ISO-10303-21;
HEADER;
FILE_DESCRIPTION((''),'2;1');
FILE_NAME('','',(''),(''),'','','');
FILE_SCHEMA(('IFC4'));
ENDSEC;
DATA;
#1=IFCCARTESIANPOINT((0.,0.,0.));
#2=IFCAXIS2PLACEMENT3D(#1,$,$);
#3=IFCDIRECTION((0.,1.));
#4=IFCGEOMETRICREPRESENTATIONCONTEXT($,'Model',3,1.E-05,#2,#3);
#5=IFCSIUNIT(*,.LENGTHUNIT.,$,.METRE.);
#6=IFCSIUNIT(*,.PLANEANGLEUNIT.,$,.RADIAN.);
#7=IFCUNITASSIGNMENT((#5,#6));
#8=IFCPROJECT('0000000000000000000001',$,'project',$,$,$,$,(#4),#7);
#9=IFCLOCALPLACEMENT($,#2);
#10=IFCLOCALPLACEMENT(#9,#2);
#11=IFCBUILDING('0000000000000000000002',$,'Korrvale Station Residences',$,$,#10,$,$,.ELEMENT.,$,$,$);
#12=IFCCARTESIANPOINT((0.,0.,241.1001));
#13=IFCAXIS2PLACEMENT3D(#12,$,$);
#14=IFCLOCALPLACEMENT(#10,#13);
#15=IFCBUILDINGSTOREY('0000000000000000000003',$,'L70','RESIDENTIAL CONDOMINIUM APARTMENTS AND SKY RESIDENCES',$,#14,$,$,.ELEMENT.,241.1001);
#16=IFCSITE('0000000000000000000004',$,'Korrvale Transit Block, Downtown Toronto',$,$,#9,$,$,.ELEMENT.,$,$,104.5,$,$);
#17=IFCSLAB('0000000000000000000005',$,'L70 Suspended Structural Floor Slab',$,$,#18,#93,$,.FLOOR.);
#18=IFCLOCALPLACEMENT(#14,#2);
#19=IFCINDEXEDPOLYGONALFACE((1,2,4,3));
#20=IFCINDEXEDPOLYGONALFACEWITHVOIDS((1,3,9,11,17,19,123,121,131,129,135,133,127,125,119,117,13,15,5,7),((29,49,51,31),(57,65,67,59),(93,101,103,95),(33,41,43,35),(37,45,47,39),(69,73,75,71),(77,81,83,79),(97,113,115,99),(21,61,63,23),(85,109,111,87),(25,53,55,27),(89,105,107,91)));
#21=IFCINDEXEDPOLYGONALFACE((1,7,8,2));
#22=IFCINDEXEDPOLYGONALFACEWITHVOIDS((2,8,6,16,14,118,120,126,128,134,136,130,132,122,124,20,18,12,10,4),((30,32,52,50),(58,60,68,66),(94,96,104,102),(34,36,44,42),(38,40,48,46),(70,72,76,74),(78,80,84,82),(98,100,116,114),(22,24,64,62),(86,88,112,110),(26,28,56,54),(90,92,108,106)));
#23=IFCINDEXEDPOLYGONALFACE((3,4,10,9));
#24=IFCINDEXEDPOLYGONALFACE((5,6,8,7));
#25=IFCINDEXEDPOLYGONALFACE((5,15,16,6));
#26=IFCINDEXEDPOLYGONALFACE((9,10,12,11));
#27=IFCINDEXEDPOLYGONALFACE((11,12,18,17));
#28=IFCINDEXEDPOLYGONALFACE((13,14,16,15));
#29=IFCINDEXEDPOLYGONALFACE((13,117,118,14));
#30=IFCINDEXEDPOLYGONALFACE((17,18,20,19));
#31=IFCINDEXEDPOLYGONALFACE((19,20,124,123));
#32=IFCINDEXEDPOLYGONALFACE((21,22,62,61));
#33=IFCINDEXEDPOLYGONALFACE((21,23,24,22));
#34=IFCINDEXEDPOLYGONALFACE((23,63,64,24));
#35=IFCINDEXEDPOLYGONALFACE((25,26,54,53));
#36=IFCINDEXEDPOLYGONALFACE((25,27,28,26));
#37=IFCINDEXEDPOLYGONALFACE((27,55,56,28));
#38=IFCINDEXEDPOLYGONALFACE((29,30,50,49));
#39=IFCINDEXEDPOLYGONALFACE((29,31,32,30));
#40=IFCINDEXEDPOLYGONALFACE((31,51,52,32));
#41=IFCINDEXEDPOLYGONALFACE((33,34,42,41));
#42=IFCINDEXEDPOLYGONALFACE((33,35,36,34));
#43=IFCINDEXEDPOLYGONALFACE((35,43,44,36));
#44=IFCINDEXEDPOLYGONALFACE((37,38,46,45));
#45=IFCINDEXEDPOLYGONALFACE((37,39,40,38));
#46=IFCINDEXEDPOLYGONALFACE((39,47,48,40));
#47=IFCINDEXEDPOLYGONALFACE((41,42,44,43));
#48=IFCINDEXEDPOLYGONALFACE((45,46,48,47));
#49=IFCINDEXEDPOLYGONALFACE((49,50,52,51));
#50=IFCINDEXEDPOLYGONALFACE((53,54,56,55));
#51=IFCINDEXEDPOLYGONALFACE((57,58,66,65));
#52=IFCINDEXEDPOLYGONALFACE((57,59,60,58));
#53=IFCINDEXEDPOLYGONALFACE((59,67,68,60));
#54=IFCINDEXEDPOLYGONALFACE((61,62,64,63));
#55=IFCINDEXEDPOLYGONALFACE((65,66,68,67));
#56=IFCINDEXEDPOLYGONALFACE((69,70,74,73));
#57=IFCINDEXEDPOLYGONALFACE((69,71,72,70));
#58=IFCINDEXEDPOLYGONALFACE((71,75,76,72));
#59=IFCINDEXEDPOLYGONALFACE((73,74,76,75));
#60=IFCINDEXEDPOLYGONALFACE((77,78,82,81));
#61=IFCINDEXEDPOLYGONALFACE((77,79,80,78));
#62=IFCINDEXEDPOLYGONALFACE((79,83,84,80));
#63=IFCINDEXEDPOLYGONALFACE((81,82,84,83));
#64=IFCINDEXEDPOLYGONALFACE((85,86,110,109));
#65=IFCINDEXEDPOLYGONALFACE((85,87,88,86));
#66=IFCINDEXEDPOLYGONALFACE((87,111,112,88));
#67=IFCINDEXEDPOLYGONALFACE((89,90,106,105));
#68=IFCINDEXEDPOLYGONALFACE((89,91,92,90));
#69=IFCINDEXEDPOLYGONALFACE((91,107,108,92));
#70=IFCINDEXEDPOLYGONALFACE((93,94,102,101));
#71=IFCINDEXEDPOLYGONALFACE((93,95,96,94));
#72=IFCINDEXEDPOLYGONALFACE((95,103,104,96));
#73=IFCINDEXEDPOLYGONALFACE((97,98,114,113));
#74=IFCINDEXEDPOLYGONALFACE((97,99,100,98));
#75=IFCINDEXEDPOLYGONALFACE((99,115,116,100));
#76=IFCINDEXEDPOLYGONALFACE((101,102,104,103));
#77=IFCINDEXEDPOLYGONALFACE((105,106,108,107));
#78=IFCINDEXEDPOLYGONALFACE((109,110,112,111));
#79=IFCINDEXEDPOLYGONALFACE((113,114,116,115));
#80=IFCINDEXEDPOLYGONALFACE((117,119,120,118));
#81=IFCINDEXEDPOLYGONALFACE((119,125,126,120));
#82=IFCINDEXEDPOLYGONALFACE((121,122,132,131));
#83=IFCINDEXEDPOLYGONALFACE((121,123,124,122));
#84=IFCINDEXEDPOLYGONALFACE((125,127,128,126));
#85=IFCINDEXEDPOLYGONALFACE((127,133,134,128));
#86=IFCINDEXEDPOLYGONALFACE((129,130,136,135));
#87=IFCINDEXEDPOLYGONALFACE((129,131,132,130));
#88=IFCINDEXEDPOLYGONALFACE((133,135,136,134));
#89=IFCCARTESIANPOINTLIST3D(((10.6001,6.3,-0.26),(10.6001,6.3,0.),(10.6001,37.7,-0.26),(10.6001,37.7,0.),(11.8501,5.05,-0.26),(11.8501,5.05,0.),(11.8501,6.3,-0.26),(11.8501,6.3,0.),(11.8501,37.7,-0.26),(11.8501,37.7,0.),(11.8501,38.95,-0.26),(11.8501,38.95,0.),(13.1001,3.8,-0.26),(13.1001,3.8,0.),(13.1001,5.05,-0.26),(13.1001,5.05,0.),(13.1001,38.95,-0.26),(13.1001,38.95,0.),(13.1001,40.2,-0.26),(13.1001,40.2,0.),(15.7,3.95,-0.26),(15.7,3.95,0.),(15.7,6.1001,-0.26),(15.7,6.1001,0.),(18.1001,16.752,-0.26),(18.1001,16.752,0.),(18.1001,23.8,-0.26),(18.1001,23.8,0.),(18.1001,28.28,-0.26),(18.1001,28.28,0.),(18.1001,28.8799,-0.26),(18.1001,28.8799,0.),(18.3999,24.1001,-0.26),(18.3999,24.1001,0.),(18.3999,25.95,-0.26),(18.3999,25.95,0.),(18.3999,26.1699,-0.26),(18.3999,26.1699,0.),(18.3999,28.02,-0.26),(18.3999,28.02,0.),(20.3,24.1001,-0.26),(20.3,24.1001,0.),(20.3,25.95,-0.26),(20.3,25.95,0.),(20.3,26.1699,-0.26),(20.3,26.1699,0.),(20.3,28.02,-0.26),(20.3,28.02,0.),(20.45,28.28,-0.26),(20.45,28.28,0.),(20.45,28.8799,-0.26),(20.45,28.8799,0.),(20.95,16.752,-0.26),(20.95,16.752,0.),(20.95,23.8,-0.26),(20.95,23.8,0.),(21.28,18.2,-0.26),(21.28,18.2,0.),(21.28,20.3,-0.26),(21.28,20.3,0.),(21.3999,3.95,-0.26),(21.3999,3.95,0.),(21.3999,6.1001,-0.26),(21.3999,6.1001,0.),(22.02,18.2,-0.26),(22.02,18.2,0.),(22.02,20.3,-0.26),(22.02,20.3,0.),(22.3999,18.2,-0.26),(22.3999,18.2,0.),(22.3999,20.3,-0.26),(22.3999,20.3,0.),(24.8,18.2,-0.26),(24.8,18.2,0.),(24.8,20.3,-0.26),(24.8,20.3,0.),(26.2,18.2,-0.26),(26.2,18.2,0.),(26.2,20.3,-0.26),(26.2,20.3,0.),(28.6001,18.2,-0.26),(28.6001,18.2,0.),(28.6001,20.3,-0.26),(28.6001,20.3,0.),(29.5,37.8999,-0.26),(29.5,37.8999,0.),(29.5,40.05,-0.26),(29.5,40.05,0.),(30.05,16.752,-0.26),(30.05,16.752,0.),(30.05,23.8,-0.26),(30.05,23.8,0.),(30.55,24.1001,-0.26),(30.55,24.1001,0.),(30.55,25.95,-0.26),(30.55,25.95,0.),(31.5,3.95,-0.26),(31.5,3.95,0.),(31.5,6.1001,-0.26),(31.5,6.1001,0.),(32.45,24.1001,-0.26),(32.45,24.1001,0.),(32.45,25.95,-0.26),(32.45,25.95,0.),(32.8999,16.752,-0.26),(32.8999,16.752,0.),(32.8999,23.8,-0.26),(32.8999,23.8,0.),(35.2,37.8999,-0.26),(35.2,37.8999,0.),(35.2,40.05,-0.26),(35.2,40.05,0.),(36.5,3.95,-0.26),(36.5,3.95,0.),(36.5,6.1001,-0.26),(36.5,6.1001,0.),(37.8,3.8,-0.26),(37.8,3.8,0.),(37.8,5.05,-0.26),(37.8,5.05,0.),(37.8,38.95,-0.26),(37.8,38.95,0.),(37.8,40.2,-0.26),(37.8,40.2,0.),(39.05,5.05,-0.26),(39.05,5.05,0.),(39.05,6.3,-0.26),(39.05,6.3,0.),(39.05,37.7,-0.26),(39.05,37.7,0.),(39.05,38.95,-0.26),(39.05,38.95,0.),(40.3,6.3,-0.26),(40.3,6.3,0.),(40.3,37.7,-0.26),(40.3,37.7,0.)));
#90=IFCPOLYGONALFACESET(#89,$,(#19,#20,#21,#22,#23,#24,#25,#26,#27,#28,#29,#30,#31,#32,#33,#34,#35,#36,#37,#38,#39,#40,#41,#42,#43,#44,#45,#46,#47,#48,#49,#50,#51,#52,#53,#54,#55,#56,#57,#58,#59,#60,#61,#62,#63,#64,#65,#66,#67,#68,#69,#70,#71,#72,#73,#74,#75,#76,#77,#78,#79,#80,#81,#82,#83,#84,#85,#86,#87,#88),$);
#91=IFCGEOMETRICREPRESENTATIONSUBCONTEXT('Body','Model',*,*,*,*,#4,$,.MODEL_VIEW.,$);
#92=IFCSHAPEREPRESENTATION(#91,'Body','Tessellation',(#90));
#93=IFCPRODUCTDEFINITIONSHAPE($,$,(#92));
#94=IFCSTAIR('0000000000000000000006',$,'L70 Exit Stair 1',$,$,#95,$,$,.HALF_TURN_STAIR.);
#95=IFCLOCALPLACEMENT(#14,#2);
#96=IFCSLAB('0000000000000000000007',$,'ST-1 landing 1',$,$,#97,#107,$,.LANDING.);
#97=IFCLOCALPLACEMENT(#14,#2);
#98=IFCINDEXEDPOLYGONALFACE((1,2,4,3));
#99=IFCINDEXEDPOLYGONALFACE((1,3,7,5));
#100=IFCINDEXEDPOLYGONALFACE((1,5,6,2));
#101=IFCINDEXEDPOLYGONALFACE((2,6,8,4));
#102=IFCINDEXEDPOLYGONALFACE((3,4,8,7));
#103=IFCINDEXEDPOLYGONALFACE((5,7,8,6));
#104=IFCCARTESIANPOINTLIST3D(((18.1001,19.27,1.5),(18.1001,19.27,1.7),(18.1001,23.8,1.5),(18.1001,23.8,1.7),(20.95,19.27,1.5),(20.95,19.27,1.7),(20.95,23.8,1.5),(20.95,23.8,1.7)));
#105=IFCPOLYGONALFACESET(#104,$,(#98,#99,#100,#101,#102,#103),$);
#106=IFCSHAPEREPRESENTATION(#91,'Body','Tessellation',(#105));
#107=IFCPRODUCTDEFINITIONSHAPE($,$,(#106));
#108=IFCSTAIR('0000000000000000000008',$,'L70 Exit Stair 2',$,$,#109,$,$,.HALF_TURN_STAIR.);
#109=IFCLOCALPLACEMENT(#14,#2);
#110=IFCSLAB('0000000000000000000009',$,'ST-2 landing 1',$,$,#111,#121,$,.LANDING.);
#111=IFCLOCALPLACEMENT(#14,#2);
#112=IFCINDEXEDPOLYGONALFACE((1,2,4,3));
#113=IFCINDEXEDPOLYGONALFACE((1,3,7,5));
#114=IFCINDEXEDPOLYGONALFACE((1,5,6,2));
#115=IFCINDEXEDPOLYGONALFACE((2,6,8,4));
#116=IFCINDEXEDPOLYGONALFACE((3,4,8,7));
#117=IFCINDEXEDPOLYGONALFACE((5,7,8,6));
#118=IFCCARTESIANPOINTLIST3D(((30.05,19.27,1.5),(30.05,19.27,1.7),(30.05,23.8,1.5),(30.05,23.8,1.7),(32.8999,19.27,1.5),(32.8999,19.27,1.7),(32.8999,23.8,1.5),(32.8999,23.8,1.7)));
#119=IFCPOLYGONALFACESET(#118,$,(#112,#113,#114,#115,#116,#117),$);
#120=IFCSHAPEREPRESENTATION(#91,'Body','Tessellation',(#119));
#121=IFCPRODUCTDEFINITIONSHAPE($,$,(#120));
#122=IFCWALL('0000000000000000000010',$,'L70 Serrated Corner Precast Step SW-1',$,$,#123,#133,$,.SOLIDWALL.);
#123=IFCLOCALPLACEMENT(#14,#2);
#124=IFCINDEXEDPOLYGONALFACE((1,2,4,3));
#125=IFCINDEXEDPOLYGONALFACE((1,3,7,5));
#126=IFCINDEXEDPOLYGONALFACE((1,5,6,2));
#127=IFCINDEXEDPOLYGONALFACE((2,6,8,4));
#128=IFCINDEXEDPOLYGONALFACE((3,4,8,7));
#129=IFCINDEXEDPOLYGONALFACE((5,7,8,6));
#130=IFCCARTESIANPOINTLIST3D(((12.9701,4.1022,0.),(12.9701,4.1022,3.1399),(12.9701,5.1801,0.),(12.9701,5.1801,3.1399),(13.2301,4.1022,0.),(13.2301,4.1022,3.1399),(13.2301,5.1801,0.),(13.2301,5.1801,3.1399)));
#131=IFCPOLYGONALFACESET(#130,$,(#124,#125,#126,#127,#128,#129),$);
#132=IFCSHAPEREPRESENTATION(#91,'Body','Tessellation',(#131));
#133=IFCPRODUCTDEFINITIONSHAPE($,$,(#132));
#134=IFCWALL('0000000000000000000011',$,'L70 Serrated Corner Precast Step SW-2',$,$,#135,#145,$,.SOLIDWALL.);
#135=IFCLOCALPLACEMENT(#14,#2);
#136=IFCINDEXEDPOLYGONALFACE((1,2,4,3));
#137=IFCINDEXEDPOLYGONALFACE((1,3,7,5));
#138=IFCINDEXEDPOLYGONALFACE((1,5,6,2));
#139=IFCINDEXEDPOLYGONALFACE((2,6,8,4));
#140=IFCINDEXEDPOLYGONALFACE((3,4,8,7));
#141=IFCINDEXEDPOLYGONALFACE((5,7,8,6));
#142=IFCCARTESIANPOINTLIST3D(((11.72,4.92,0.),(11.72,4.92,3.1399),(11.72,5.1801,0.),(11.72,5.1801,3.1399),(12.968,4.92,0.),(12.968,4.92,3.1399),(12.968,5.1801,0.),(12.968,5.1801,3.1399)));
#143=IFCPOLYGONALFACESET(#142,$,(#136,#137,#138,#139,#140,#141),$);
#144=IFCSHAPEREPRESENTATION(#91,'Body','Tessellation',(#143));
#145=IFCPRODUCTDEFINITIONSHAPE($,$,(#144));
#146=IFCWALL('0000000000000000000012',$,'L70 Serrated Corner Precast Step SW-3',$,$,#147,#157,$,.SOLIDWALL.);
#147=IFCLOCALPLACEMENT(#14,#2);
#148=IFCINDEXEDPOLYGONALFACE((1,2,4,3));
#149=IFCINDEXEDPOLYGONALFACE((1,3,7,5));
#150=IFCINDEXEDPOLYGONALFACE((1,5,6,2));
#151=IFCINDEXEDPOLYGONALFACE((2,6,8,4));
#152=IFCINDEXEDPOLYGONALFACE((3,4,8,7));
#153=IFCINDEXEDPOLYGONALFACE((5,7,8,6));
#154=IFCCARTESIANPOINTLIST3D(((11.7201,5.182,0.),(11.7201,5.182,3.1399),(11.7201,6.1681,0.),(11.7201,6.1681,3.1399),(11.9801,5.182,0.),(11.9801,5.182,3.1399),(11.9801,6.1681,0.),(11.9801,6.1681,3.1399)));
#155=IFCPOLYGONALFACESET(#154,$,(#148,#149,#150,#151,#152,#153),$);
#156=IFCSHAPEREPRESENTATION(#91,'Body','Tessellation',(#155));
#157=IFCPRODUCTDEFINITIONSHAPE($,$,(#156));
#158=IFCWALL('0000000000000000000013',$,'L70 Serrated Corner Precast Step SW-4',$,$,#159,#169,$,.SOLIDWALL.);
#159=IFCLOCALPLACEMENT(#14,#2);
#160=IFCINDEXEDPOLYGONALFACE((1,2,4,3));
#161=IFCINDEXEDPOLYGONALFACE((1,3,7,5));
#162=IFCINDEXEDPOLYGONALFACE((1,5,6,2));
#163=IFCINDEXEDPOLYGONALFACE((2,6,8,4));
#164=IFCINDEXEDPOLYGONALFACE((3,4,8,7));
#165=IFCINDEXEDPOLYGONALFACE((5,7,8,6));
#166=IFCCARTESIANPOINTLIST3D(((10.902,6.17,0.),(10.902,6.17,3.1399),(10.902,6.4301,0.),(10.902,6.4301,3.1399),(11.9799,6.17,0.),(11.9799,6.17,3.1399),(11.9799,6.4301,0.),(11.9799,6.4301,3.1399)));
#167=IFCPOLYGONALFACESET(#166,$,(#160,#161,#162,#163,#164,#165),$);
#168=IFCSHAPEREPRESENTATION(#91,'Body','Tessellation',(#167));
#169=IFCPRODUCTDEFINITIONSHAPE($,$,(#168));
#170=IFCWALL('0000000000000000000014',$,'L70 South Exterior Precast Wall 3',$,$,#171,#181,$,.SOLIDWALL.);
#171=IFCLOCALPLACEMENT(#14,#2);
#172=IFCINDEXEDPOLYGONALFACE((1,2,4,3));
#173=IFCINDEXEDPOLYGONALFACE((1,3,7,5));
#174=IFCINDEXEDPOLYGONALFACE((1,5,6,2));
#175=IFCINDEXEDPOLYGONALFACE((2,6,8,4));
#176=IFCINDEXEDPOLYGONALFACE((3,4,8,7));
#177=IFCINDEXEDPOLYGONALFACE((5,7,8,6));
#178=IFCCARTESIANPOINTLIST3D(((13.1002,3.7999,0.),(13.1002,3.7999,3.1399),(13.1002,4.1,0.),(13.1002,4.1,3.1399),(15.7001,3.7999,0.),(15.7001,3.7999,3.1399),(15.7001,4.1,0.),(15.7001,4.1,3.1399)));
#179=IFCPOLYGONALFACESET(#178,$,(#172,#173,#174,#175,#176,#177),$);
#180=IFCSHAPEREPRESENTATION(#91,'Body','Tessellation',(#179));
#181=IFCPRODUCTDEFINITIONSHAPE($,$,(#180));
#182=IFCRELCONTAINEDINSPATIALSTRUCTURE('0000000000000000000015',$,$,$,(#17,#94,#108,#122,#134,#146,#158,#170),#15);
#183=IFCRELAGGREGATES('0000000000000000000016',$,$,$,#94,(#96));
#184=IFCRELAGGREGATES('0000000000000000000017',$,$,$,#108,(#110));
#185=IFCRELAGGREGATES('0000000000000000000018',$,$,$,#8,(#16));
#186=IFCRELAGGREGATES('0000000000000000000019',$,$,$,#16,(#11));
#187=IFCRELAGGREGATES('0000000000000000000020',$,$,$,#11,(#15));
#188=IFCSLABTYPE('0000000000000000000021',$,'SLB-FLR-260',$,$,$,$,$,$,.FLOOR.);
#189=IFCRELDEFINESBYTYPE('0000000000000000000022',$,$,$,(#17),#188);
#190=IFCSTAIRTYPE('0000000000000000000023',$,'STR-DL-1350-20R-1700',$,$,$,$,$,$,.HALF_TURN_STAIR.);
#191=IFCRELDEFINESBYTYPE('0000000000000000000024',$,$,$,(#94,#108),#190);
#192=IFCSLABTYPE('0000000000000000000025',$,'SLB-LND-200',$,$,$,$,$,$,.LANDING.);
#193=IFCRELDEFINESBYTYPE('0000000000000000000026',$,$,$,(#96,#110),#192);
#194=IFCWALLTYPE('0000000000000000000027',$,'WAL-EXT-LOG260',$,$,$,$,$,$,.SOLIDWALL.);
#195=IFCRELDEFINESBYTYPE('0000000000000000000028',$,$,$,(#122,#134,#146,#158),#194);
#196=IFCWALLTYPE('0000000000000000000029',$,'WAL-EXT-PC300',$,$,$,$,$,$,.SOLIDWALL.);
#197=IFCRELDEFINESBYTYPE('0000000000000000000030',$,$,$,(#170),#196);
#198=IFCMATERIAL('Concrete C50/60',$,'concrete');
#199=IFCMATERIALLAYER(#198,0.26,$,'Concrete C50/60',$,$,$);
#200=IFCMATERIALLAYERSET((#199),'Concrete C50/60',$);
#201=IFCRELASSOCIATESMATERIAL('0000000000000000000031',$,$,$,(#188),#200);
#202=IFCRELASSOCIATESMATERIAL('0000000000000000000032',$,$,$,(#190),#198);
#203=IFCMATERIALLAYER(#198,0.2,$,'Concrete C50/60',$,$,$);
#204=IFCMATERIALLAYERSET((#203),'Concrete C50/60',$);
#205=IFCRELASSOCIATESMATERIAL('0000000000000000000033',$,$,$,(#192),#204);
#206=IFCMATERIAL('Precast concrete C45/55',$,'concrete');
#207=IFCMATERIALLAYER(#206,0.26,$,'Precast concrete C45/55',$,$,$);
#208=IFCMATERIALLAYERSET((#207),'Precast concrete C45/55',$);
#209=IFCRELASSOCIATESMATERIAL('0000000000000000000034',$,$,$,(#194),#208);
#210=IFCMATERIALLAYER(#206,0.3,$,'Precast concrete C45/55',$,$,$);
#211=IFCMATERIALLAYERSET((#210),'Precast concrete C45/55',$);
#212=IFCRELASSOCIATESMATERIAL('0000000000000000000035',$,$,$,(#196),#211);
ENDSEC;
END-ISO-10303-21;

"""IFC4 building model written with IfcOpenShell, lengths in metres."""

from ifc_helpers import new_model, si_unit, direction, frame, frame_2d, origin, place, context, subcontext, project, spatial, polyline, rectangle, outline, extrude, material, layer, layer_set, type_object, element, aggregate, save


model = new_model("IFC4")

# Units and contexts
model_context = context("Model", 3, precision=1e-05, world=origin(), true_north=direction((0.0, 1.0)))
body_context = subcontext(model_context, "Body", "Model", "MODEL_VIEW")
ifc_project = project(units=[si_unit("LENGTHUNIT", "METRE"), si_unit("PLANEANGLEUNIT", "RADIAN")], contexts=[model_context])

# Site, building, storey
site_placement = place(None, origin())
site = spatial("IfcSite", under=ifc_project, at=site_placement, Name="Korrvale Transit Block, Downtown Toronto", CompositionType="ELEMENT", RefElevation=104.5)
building_placement = place(site_placement, origin())
building = spatial("IfcBuilding", under=site, at=building_placement, Name="Korrvale Station Residences", CompositionType="ELEMENT")
storey_placement = place(building_placement, frame((0.0, 0.0, 241.1001)))
storey = spatial("IfcBuildingStorey", under=building, at=storey_placement, Name="L70", Description="RESIDENTIAL CONDOMINIUM APARTMENTS AND SKY RESIDENCES", CompositionType="ELEMENT", Elevation=241.1001)

# Shared definitions
ifc_material_1 = material(Name="Concrete C50/60", Category="concrete")

# Slab
ifc_layer_1 = layer(ifc_material_1, 0.26, Name="Concrete C50/60")
ifc_layer_set_1 = layer_set([ifc_layer_1], Name="Concrete C50/60")
slab_type_1 = type_object("IfcSlabType", Name="SLB-FLR-260", PredefinedType="FLOOR", material=ifc_layer_set_1)
slab_1_placement = place(storey_placement, frame((0.0, 0.0, -0.26)))
element("IfcSlab", 1, at=slab_1_placement, inside=storey, type_object=slab_type_1, Name="L70 Suspended Structural Floor Slab", PredefinedType="FLOOR", context=body_context, shape_type="SweptSolid", body=[
    extrude(outline(polyline([(13.1001, 3.8), (37.8, 3.8), (37.8, 5.05), (39.05, 5.05), (39.05, 6.3), (40.3, 6.3), (40.3, 37.7), (39.05, 37.7), (39.05, 38.95), (37.8, 38.95), (37.8, 40.2), (13.1001, 40.2), (13.1001, 38.95), (11.8501, 38.95), (11.8501, 37.7), (10.6001, 37.7), (10.6001, 6.3), (11.8501, 6.3), (11.8501, 5.05), (13.1001, 5.05), (13.1001, 3.8)]), holes=[polyline([(20.95, 16.752), (20.95, 23.8), (18.1001, 23.8), (18.1001, 16.752), (20.95, 16.752)]), polyline([(32.8999, 16.752), (32.8999, 23.8), (30.05, 23.8), (30.05, 16.752), (32.8999, 16.752)]), polyline([(18.3999, 24.1001), (20.3, 24.1001), (20.3, 25.95), (18.3999, 25.95), (18.3999, 24.1001)]), polyline([(18.3999, 26.1699), (20.3, 26.1699), (20.3, 28.02), (18.3999, 28.02), (18.3999, 26.1699)]), polyline([(30.55, 24.1001), (32.45, 24.1001), (32.45, 25.95), (30.55, 25.95), (30.55, 24.1001)]), polyline([(22.3999, 18.2), (24.8, 18.2), (24.8, 20.3), (22.3999, 20.3), (22.3999, 18.2)]), polyline([(26.2, 18.2), (28.6001, 18.2), (28.6001, 20.3), (26.2, 20.3), (26.2, 18.2)]), polyline([(18.1001, 28.28), (20.45, 28.28), (20.45, 28.8799), (18.1001, 28.8799), (18.1001, 28.28)]), polyline([(21.28, 18.2), (22.02, 18.2), (22.02, 20.3), (21.28, 20.3), (21.28, 18.2)]), polyline([(15.7, 3.95), (21.3999, 3.95), (21.3999, 6.1001), (15.7, 6.1001), (15.7, 3.95)]), polyline([(29.5, 37.8999), (35.2, 37.8999), (35.2, 40.05), (29.5, 40.05), (29.5, 37.8999)]), polyline([(31.5, 3.95), (36.5, 3.95), (36.5, 6.1001), (31.5, 6.1001), (31.5, 3.95)])]), origin(), (0.0, 0.0, 1.0), 0.26),
])

# Stairs, slabs
stair_type = type_object("IfcStairType", Name="STR-DL-1350-20R-1700", PredefinedType="HALF_TURN_STAIR", material=ifc_material_1)
stair_1_placement = place(storey_placement, origin())
stair_1 = element("IfcStair", 2, at=stair_1_placement, inside=storey, type_object=stair_type, Name="L70 Exit Stair 1", PredefinedType="HALF_TURN_STAIR")
ifc_layer_2 = layer(ifc_material_1, 0.2, Name="Concrete C50/60")
ifc_layer_set_2 = layer_set([ifc_layer_2], Name="Concrete C50/60")
slab_type_2 = type_object("IfcSlabType", Name="SLB-LND-200", PredefinedType="LANDING", material=ifc_layer_set_2)
slab_2_placement = place(storey_placement, frame((0.0, 0.0, 1.5)))
slab_2 = element("IfcSlab", 3, at=slab_2_placement, type_object=slab_type_2, Name="ST-1 landing 1", PredefinedType="LANDING", context=body_context, shape_type="SweptSolid", body=[
    extrude(outline(polyline([(20.95, 19.27), (20.95, 23.8), (18.1001, 23.8), (18.1001, 19.27), (20.95, 19.27)])), origin(), (0.0, 0.0, 1.0), 0.2),
])
aggregate(stair_1, [slab_2])
stair_2_placement = place(storey_placement, origin())
stair_2 = element("IfcStair", 4, at=stair_2_placement, inside=storey, type_object=stair_type, Name="L70 Exit Stair 2", PredefinedType="HALF_TURN_STAIR")
slab_3_placement = place(storey_placement, frame((0.0, 0.0, 1.5)))
slab_3 = element("IfcSlab", 5, at=slab_3_placement, type_object=slab_type_2, Name="ST-2 landing 1", PredefinedType="LANDING", context=body_context, shape_type="SweptSolid", body=[
    extrude(outline(polyline([(32.8999, 19.27), (32.8999, 23.8), (30.05, 23.8), (30.05, 19.27), (32.8999, 19.27)])), origin(), (0.0, 0.0, 1.0), 0.2),
])
aggregate(stair_2, [slab_3])

# Walls
ifc_material_2 = material(Name="Precast concrete C45/55", Category="concrete")
ifc_layer_3 = layer(ifc_material_2, 0.26, Name="Precast concrete C45/55")
ifc_layer_set_3 = layer_set([ifc_layer_3], Name="Precast concrete C45/55")
wall_type_1 = type_object("IfcWallType", Name="WAL-EXT-LOG260", PredefinedType="SOLIDWALL", material=ifc_layer_set_3)
wall_1_placement = place(storey_placement, frame((13.1001, 4.1021, 0.0), z_axis=(0.0, 0.0, 1.0), x_axis=(0.0, 1.0, 0.0)))
element("IfcWall", 6, at=wall_1_placement, inside=storey, type_object=wall_type_1, Name="L70 Serrated Corner Precast Step SW-1", PredefinedType="SOLIDWALL", context=body_context, shape_type="SweptSolid", body=[
    extrude(rectangle(XDim=1.0779, YDim=0.26, at=frame_2d((0.5391, 0.0))), origin(), (0.0, 0.0, 1.0), 3.1399),
])
wall_2_placement = place(storey_placement, frame((12.968, 5.05, 0.0), z_axis=(0.0, 0.0, 1.0), x_axis=(-1.0, 0.0, 0.0)))
element("IfcWall", 7, at=wall_2_placement, inside=storey, type_object=wall_type_1, Name="L70 Serrated Corner Precast Step SW-2", PredefinedType="SOLIDWALL", context=body_context, shape_type="SweptSolid", body=[
    extrude(rectangle(XDim=1.248, YDim=0.26, at=frame_2d((0.624, 0.0))), origin(), (0.0, 0.0, 1.0), 3.1399),
])
wall_3_placement = place(storey_placement, frame((11.8501, 5.1819, 0.0), z_axis=(0.0, 0.0, 1.0), x_axis=(0.0, 1.0, 0.0)))
element("IfcWall", 8, at=wall_3_placement, inside=storey, type_object=wall_type_1, Name="L70 Serrated Corner Precast Step SW-3", PredefinedType="SOLIDWALL", context=body_context, shape_type="SweptSolid", body=[
    extrude(rectangle(XDim=0.9861, YDim=0.26, at=frame_2d((0.4932, 0.0))), origin(), (0.0, 0.0, 1.0), 3.1399),
])
wall_4_placement = place(storey_placement, frame((11.98, 6.3, 0.0), z_axis=(0.0, 0.0, 1.0), x_axis=(-1.0, 0.0, 0.0)))
element("IfcWall", 9, at=wall_4_placement, inside=storey, type_object=wall_type_1, Name="L70 Serrated Corner Precast Step SW-4", PredefinedType="SOLIDWALL", context=body_context, shape_type="SweptSolid", body=[
    extrude(rectangle(XDim=1.0779, YDim=0.26, at=frame_2d((0.5391, 0.0))), origin(), (0.0, 0.0, 1.0), 3.1399),
])
ifc_layer_4 = layer(ifc_material_2, 0.3, Name="Precast concrete C45/55")
ifc_layer_set_4 = layer_set([ifc_layer_4], Name="Precast concrete C45/55")
wall_type_2 = type_object("IfcWallType", Name="WAL-EXT-PC300", PredefinedType="SOLIDWALL", material=ifc_layer_set_4)
wall_5_placement = place(storey_placement, frame((15.7, 3.95, 0.0), z_axis=(0.0, 0.0, 1.0), x_axis=(-1.0, 0.0, 0.0)))
element("IfcWall", 10, at=wall_5_placement, inside=storey, type_object=wall_type_2, Name="L70 South Exterior Precast Wall 3", PredefinedType="SOLIDWALL", context=body_context, shape_type="SweptSolid", body=[
    extrude(rectangle(XDim=2.5999, YDim=0.3, at=frame_2d((1.2998, 0.0))), origin(), (0.0, 0.0, 1.0), 3.1399),
])

save(model, "model.ifc")
